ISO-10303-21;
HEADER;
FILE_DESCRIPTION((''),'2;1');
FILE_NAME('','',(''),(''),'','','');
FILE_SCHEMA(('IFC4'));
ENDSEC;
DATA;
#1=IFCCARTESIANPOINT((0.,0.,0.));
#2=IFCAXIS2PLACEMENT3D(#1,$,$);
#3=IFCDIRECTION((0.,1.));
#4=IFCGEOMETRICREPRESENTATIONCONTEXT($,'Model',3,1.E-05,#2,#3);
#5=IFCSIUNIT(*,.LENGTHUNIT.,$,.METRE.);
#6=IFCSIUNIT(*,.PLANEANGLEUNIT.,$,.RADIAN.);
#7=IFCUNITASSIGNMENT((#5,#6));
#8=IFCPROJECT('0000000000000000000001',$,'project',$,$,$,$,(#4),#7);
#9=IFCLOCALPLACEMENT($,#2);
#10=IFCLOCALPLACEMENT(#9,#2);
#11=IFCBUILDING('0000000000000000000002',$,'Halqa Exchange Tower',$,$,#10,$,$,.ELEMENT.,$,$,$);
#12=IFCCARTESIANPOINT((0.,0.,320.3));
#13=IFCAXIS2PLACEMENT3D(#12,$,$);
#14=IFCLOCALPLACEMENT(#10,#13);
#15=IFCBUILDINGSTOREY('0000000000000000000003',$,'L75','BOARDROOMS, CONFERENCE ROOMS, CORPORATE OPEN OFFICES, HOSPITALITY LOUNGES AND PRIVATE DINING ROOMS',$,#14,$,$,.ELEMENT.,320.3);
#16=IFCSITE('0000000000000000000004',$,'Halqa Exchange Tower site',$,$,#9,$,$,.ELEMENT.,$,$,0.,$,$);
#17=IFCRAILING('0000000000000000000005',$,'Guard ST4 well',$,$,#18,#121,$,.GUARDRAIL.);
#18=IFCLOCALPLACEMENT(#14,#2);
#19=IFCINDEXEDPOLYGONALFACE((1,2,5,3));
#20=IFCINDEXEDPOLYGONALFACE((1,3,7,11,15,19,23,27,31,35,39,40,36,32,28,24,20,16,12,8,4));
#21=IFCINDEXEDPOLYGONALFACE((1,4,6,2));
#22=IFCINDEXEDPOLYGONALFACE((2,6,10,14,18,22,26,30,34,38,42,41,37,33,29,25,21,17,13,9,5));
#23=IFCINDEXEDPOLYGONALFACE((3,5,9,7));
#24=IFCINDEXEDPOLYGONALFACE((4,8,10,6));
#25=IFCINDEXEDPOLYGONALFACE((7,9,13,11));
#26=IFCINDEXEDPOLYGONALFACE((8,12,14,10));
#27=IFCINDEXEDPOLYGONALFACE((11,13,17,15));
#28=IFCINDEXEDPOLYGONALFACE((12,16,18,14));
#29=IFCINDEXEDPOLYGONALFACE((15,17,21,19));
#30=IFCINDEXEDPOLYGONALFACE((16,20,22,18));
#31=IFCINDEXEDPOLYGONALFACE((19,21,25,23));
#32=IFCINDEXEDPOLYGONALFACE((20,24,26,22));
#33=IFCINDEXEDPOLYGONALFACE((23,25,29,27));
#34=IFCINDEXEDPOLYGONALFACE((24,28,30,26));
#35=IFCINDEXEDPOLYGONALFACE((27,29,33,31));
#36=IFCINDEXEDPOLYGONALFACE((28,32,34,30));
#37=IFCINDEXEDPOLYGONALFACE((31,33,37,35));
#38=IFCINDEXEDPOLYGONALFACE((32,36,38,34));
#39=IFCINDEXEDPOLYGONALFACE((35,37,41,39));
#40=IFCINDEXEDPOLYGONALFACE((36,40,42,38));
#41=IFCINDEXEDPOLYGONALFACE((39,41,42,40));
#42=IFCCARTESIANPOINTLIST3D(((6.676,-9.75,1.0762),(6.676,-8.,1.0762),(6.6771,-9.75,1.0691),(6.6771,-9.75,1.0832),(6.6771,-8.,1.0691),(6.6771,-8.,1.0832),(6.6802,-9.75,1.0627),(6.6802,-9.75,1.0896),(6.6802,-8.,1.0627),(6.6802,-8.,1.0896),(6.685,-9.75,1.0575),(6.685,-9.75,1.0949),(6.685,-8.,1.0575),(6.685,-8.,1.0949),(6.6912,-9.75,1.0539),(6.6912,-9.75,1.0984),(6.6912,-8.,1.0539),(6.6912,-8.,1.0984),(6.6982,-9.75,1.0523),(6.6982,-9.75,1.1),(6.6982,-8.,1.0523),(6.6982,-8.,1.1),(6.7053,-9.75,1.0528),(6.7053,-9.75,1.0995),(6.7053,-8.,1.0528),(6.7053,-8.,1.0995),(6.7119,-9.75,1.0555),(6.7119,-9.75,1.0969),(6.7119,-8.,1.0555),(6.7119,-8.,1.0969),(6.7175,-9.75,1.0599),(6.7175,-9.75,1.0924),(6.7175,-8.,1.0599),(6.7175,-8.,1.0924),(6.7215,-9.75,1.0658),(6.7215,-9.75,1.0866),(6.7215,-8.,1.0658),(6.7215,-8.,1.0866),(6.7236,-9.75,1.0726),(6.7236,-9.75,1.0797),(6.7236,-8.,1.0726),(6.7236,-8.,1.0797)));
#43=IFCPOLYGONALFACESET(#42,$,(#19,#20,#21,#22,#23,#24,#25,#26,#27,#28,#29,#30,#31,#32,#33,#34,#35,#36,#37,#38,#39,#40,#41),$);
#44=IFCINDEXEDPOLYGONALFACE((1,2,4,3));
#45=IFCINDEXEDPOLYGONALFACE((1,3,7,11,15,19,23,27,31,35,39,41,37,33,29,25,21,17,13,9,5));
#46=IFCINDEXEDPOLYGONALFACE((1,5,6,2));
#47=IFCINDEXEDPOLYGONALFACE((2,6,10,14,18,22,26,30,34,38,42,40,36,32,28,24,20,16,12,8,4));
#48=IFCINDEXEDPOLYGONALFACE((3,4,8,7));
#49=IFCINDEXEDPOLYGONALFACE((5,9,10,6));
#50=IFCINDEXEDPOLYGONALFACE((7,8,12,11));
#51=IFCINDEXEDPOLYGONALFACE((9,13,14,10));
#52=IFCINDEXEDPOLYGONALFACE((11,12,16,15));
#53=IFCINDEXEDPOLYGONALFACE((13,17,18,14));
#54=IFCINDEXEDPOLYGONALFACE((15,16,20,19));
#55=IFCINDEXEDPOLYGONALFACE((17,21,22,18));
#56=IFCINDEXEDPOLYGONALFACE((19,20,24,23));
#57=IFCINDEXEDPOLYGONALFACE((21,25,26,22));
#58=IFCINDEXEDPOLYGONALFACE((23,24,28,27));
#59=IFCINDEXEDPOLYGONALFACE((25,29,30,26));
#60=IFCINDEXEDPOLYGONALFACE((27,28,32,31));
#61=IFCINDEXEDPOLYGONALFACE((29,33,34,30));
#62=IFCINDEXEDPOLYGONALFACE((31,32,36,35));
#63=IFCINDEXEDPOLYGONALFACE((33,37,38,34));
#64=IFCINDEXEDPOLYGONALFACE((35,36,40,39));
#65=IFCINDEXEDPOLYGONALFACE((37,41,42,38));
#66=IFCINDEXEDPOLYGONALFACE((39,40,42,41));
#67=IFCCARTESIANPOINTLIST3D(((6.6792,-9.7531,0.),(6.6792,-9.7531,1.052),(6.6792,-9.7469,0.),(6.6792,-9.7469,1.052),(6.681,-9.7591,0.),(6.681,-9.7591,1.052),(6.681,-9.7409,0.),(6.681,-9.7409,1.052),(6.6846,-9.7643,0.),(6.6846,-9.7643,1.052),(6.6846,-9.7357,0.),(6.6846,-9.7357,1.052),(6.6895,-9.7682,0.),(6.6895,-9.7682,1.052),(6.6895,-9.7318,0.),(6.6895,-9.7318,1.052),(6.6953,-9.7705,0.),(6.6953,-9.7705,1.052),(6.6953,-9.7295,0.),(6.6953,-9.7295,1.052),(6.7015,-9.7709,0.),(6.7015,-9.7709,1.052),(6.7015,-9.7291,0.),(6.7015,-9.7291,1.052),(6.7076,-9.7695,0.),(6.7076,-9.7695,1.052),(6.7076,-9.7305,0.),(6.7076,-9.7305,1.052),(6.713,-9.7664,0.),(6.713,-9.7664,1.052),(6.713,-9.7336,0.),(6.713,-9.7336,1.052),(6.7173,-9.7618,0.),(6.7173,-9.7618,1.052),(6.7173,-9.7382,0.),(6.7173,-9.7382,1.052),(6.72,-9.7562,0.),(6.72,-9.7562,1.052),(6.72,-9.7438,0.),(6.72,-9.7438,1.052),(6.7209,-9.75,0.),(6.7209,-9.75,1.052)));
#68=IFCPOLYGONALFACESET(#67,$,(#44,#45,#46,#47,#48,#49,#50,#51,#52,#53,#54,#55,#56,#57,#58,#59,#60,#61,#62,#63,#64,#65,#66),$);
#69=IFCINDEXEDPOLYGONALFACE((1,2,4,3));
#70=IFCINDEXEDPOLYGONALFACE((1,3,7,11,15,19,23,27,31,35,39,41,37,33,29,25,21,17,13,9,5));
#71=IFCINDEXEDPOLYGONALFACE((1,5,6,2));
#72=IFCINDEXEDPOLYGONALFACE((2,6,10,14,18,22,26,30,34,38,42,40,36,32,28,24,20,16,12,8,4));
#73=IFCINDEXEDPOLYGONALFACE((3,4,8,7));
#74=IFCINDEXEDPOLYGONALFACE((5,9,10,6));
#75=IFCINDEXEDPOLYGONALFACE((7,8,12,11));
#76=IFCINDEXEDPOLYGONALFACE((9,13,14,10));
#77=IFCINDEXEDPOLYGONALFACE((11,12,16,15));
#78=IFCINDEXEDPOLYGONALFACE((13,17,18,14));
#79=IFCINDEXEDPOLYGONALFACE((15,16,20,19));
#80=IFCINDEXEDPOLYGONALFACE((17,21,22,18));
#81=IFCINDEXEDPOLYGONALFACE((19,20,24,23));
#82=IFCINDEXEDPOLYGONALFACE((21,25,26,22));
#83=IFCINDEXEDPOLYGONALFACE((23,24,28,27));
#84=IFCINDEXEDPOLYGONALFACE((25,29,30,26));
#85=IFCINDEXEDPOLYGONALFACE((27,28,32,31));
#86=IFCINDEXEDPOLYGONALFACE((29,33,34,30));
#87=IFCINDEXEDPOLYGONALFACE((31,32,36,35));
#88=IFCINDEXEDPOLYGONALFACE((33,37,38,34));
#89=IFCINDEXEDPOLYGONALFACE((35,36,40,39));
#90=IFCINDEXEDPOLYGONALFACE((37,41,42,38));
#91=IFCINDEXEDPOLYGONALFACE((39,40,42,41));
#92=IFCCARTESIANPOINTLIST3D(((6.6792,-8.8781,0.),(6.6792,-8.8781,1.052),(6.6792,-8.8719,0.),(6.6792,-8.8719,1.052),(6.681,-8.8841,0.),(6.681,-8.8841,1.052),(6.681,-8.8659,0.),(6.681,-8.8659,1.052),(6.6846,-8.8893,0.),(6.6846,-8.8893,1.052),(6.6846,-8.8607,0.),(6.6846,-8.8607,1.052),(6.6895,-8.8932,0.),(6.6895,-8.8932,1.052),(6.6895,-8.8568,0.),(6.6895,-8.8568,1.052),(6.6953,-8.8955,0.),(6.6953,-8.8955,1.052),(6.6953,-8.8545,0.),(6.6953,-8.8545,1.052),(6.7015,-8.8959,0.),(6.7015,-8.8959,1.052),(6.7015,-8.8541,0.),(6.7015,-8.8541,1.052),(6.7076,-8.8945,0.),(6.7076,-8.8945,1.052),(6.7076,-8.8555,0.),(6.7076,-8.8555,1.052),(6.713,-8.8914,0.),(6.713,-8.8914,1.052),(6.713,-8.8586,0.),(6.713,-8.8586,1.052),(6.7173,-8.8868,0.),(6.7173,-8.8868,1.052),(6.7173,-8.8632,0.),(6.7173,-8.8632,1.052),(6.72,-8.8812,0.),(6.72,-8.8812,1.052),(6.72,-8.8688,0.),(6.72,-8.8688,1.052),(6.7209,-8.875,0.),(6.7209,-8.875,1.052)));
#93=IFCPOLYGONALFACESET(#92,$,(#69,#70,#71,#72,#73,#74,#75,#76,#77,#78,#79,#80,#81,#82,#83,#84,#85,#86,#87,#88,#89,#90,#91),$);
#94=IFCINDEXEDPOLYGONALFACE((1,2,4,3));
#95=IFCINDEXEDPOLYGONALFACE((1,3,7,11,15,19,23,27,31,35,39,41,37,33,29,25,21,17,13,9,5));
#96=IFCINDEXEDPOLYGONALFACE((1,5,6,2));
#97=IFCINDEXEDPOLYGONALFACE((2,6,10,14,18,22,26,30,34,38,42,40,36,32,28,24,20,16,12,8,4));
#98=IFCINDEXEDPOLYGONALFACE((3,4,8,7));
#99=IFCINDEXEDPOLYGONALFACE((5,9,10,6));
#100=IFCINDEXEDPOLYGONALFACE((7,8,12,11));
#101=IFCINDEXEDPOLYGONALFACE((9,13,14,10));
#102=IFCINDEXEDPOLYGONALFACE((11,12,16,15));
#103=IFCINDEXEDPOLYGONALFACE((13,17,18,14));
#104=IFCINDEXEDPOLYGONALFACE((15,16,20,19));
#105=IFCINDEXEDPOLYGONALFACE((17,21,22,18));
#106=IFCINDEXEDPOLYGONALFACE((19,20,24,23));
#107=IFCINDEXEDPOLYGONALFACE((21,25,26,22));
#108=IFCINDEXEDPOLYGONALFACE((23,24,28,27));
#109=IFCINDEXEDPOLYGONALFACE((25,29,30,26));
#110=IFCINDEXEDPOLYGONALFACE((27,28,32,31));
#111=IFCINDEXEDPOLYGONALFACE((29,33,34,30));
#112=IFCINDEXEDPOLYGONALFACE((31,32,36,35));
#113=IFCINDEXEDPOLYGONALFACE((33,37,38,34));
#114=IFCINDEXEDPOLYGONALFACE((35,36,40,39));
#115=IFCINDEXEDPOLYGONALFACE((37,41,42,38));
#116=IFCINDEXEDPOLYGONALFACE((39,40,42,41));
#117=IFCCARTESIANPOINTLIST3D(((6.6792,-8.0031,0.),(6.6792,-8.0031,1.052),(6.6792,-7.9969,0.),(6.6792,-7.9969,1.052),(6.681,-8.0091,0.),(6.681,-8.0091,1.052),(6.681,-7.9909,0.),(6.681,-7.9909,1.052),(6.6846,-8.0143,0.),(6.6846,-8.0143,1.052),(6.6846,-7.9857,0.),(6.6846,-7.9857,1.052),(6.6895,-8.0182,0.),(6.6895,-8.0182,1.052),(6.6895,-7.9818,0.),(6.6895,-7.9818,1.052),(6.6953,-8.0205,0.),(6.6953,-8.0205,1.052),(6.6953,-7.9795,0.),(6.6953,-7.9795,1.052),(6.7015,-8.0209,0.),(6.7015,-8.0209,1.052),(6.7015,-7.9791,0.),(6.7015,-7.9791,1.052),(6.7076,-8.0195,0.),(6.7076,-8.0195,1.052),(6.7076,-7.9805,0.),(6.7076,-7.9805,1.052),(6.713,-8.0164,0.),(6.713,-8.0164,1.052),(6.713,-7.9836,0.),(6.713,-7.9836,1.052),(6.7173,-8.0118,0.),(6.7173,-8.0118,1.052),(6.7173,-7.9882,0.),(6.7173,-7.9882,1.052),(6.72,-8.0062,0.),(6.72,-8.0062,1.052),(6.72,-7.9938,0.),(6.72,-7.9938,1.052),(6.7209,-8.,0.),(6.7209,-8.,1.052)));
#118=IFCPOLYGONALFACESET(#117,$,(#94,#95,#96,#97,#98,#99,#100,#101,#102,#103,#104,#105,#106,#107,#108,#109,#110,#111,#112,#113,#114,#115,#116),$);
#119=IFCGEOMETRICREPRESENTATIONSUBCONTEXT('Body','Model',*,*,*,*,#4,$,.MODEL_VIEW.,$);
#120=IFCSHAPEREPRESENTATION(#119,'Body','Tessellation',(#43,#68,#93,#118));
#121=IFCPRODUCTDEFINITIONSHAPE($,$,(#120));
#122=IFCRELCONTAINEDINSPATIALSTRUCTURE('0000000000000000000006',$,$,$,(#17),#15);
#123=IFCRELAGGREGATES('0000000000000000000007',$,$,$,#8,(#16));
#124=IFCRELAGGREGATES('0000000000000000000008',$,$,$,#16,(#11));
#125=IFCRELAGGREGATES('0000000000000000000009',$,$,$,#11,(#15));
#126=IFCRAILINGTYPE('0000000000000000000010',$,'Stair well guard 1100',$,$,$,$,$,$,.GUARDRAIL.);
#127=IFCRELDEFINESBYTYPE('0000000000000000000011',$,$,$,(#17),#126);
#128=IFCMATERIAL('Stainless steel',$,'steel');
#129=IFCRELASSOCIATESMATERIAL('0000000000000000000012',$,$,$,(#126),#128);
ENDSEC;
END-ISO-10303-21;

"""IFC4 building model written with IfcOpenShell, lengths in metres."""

from ifc_helpers import new_model, si_unit, direction, frame, origin, origin_2d, place, context, subcontext, project, spatial, circle, extrude, material, type_object, element, save


model = new_model("IFC4")

# Units and contexts
model_context = context("Model", 3, precision=1e-05, world=origin(), true_north=direction((0.0, 1.0)))
body_context = subcontext(model_context, "Body", "Model", "MODEL_VIEW")
ifc_project = project(units=[si_unit("LENGTHUNIT", "METRE"), si_unit("PLANEANGLEUNIT", "RADIAN")], contexts=[model_context])

# Site, building, storey
site_placement = place(None, origin())
site = spatial("IfcSite", under=ifc_project, at=site_placement, Name="Halqa Exchange Tower site", CompositionType="ELEMENT", RefElevation=0.0)
building_placement = place(site_placement, origin())
building = spatial("IfcBuilding", under=site, at=building_placement, Name="Halqa Exchange Tower", CompositionType="ELEMENT")
storey_placement = place(building_placement, frame((0.0, 0.0, 320.3)))
storey = spatial("IfcBuildingStorey", under=building, at=storey_placement, Name="L75", Description="BOARDROOMS, CONFERENCE ROOMS, CORPORATE OPEN OFFICES, HOSPITALITY LOUNGES AND PRIVATE DINING ROOMS", CompositionType="ELEMENT", Elevation=320.3)

# Railing
ifc_material_1 = material(Name="Stainless steel", Category="steel")
railing_type_1 = type_object("IfcRailingType", Name="Stair well guard 1100", PredefinedType="GUARDRAIL", material=ifc_material_1)
railing_1_placement = place(storey_placement, frame((6.7, -9.75, 0.0)))
element("IfcRailing", 1, at=railing_1_placement, inside=storey, type_object=railing_type_1, Name="Guard ST4 well", PredefinedType="GUARDRAIL", context=body_context, shape_type="SweptSolid", body=[
    extrude(circle(Radius=0.0239, at=origin_2d()), frame((0.0, 0.0, 1.0762), z_axis=(0.0, 1.0, 0.0), x_axis=(-1.0, 0.0, 0.0)), (0.0, 0.0, 1.0), 1.75),
    extrude(circle(Radius=0.021, at=origin_2d()), origin(), (0.0, 0.0, 1.0), 1.052),
    extrude(circle(Radius=0.021, at=origin_2d()), frame((0.0, 0.875, 0.0)), (0.0, 0.0, 1.0), 1.052),
    extrude(circle(Radius=0.021, at=origin_2d()), frame((0.0, 1.75, 0.0)), (0.0, 0.0, 1.0), 1.052),
])

save(model, "model.ifc")
